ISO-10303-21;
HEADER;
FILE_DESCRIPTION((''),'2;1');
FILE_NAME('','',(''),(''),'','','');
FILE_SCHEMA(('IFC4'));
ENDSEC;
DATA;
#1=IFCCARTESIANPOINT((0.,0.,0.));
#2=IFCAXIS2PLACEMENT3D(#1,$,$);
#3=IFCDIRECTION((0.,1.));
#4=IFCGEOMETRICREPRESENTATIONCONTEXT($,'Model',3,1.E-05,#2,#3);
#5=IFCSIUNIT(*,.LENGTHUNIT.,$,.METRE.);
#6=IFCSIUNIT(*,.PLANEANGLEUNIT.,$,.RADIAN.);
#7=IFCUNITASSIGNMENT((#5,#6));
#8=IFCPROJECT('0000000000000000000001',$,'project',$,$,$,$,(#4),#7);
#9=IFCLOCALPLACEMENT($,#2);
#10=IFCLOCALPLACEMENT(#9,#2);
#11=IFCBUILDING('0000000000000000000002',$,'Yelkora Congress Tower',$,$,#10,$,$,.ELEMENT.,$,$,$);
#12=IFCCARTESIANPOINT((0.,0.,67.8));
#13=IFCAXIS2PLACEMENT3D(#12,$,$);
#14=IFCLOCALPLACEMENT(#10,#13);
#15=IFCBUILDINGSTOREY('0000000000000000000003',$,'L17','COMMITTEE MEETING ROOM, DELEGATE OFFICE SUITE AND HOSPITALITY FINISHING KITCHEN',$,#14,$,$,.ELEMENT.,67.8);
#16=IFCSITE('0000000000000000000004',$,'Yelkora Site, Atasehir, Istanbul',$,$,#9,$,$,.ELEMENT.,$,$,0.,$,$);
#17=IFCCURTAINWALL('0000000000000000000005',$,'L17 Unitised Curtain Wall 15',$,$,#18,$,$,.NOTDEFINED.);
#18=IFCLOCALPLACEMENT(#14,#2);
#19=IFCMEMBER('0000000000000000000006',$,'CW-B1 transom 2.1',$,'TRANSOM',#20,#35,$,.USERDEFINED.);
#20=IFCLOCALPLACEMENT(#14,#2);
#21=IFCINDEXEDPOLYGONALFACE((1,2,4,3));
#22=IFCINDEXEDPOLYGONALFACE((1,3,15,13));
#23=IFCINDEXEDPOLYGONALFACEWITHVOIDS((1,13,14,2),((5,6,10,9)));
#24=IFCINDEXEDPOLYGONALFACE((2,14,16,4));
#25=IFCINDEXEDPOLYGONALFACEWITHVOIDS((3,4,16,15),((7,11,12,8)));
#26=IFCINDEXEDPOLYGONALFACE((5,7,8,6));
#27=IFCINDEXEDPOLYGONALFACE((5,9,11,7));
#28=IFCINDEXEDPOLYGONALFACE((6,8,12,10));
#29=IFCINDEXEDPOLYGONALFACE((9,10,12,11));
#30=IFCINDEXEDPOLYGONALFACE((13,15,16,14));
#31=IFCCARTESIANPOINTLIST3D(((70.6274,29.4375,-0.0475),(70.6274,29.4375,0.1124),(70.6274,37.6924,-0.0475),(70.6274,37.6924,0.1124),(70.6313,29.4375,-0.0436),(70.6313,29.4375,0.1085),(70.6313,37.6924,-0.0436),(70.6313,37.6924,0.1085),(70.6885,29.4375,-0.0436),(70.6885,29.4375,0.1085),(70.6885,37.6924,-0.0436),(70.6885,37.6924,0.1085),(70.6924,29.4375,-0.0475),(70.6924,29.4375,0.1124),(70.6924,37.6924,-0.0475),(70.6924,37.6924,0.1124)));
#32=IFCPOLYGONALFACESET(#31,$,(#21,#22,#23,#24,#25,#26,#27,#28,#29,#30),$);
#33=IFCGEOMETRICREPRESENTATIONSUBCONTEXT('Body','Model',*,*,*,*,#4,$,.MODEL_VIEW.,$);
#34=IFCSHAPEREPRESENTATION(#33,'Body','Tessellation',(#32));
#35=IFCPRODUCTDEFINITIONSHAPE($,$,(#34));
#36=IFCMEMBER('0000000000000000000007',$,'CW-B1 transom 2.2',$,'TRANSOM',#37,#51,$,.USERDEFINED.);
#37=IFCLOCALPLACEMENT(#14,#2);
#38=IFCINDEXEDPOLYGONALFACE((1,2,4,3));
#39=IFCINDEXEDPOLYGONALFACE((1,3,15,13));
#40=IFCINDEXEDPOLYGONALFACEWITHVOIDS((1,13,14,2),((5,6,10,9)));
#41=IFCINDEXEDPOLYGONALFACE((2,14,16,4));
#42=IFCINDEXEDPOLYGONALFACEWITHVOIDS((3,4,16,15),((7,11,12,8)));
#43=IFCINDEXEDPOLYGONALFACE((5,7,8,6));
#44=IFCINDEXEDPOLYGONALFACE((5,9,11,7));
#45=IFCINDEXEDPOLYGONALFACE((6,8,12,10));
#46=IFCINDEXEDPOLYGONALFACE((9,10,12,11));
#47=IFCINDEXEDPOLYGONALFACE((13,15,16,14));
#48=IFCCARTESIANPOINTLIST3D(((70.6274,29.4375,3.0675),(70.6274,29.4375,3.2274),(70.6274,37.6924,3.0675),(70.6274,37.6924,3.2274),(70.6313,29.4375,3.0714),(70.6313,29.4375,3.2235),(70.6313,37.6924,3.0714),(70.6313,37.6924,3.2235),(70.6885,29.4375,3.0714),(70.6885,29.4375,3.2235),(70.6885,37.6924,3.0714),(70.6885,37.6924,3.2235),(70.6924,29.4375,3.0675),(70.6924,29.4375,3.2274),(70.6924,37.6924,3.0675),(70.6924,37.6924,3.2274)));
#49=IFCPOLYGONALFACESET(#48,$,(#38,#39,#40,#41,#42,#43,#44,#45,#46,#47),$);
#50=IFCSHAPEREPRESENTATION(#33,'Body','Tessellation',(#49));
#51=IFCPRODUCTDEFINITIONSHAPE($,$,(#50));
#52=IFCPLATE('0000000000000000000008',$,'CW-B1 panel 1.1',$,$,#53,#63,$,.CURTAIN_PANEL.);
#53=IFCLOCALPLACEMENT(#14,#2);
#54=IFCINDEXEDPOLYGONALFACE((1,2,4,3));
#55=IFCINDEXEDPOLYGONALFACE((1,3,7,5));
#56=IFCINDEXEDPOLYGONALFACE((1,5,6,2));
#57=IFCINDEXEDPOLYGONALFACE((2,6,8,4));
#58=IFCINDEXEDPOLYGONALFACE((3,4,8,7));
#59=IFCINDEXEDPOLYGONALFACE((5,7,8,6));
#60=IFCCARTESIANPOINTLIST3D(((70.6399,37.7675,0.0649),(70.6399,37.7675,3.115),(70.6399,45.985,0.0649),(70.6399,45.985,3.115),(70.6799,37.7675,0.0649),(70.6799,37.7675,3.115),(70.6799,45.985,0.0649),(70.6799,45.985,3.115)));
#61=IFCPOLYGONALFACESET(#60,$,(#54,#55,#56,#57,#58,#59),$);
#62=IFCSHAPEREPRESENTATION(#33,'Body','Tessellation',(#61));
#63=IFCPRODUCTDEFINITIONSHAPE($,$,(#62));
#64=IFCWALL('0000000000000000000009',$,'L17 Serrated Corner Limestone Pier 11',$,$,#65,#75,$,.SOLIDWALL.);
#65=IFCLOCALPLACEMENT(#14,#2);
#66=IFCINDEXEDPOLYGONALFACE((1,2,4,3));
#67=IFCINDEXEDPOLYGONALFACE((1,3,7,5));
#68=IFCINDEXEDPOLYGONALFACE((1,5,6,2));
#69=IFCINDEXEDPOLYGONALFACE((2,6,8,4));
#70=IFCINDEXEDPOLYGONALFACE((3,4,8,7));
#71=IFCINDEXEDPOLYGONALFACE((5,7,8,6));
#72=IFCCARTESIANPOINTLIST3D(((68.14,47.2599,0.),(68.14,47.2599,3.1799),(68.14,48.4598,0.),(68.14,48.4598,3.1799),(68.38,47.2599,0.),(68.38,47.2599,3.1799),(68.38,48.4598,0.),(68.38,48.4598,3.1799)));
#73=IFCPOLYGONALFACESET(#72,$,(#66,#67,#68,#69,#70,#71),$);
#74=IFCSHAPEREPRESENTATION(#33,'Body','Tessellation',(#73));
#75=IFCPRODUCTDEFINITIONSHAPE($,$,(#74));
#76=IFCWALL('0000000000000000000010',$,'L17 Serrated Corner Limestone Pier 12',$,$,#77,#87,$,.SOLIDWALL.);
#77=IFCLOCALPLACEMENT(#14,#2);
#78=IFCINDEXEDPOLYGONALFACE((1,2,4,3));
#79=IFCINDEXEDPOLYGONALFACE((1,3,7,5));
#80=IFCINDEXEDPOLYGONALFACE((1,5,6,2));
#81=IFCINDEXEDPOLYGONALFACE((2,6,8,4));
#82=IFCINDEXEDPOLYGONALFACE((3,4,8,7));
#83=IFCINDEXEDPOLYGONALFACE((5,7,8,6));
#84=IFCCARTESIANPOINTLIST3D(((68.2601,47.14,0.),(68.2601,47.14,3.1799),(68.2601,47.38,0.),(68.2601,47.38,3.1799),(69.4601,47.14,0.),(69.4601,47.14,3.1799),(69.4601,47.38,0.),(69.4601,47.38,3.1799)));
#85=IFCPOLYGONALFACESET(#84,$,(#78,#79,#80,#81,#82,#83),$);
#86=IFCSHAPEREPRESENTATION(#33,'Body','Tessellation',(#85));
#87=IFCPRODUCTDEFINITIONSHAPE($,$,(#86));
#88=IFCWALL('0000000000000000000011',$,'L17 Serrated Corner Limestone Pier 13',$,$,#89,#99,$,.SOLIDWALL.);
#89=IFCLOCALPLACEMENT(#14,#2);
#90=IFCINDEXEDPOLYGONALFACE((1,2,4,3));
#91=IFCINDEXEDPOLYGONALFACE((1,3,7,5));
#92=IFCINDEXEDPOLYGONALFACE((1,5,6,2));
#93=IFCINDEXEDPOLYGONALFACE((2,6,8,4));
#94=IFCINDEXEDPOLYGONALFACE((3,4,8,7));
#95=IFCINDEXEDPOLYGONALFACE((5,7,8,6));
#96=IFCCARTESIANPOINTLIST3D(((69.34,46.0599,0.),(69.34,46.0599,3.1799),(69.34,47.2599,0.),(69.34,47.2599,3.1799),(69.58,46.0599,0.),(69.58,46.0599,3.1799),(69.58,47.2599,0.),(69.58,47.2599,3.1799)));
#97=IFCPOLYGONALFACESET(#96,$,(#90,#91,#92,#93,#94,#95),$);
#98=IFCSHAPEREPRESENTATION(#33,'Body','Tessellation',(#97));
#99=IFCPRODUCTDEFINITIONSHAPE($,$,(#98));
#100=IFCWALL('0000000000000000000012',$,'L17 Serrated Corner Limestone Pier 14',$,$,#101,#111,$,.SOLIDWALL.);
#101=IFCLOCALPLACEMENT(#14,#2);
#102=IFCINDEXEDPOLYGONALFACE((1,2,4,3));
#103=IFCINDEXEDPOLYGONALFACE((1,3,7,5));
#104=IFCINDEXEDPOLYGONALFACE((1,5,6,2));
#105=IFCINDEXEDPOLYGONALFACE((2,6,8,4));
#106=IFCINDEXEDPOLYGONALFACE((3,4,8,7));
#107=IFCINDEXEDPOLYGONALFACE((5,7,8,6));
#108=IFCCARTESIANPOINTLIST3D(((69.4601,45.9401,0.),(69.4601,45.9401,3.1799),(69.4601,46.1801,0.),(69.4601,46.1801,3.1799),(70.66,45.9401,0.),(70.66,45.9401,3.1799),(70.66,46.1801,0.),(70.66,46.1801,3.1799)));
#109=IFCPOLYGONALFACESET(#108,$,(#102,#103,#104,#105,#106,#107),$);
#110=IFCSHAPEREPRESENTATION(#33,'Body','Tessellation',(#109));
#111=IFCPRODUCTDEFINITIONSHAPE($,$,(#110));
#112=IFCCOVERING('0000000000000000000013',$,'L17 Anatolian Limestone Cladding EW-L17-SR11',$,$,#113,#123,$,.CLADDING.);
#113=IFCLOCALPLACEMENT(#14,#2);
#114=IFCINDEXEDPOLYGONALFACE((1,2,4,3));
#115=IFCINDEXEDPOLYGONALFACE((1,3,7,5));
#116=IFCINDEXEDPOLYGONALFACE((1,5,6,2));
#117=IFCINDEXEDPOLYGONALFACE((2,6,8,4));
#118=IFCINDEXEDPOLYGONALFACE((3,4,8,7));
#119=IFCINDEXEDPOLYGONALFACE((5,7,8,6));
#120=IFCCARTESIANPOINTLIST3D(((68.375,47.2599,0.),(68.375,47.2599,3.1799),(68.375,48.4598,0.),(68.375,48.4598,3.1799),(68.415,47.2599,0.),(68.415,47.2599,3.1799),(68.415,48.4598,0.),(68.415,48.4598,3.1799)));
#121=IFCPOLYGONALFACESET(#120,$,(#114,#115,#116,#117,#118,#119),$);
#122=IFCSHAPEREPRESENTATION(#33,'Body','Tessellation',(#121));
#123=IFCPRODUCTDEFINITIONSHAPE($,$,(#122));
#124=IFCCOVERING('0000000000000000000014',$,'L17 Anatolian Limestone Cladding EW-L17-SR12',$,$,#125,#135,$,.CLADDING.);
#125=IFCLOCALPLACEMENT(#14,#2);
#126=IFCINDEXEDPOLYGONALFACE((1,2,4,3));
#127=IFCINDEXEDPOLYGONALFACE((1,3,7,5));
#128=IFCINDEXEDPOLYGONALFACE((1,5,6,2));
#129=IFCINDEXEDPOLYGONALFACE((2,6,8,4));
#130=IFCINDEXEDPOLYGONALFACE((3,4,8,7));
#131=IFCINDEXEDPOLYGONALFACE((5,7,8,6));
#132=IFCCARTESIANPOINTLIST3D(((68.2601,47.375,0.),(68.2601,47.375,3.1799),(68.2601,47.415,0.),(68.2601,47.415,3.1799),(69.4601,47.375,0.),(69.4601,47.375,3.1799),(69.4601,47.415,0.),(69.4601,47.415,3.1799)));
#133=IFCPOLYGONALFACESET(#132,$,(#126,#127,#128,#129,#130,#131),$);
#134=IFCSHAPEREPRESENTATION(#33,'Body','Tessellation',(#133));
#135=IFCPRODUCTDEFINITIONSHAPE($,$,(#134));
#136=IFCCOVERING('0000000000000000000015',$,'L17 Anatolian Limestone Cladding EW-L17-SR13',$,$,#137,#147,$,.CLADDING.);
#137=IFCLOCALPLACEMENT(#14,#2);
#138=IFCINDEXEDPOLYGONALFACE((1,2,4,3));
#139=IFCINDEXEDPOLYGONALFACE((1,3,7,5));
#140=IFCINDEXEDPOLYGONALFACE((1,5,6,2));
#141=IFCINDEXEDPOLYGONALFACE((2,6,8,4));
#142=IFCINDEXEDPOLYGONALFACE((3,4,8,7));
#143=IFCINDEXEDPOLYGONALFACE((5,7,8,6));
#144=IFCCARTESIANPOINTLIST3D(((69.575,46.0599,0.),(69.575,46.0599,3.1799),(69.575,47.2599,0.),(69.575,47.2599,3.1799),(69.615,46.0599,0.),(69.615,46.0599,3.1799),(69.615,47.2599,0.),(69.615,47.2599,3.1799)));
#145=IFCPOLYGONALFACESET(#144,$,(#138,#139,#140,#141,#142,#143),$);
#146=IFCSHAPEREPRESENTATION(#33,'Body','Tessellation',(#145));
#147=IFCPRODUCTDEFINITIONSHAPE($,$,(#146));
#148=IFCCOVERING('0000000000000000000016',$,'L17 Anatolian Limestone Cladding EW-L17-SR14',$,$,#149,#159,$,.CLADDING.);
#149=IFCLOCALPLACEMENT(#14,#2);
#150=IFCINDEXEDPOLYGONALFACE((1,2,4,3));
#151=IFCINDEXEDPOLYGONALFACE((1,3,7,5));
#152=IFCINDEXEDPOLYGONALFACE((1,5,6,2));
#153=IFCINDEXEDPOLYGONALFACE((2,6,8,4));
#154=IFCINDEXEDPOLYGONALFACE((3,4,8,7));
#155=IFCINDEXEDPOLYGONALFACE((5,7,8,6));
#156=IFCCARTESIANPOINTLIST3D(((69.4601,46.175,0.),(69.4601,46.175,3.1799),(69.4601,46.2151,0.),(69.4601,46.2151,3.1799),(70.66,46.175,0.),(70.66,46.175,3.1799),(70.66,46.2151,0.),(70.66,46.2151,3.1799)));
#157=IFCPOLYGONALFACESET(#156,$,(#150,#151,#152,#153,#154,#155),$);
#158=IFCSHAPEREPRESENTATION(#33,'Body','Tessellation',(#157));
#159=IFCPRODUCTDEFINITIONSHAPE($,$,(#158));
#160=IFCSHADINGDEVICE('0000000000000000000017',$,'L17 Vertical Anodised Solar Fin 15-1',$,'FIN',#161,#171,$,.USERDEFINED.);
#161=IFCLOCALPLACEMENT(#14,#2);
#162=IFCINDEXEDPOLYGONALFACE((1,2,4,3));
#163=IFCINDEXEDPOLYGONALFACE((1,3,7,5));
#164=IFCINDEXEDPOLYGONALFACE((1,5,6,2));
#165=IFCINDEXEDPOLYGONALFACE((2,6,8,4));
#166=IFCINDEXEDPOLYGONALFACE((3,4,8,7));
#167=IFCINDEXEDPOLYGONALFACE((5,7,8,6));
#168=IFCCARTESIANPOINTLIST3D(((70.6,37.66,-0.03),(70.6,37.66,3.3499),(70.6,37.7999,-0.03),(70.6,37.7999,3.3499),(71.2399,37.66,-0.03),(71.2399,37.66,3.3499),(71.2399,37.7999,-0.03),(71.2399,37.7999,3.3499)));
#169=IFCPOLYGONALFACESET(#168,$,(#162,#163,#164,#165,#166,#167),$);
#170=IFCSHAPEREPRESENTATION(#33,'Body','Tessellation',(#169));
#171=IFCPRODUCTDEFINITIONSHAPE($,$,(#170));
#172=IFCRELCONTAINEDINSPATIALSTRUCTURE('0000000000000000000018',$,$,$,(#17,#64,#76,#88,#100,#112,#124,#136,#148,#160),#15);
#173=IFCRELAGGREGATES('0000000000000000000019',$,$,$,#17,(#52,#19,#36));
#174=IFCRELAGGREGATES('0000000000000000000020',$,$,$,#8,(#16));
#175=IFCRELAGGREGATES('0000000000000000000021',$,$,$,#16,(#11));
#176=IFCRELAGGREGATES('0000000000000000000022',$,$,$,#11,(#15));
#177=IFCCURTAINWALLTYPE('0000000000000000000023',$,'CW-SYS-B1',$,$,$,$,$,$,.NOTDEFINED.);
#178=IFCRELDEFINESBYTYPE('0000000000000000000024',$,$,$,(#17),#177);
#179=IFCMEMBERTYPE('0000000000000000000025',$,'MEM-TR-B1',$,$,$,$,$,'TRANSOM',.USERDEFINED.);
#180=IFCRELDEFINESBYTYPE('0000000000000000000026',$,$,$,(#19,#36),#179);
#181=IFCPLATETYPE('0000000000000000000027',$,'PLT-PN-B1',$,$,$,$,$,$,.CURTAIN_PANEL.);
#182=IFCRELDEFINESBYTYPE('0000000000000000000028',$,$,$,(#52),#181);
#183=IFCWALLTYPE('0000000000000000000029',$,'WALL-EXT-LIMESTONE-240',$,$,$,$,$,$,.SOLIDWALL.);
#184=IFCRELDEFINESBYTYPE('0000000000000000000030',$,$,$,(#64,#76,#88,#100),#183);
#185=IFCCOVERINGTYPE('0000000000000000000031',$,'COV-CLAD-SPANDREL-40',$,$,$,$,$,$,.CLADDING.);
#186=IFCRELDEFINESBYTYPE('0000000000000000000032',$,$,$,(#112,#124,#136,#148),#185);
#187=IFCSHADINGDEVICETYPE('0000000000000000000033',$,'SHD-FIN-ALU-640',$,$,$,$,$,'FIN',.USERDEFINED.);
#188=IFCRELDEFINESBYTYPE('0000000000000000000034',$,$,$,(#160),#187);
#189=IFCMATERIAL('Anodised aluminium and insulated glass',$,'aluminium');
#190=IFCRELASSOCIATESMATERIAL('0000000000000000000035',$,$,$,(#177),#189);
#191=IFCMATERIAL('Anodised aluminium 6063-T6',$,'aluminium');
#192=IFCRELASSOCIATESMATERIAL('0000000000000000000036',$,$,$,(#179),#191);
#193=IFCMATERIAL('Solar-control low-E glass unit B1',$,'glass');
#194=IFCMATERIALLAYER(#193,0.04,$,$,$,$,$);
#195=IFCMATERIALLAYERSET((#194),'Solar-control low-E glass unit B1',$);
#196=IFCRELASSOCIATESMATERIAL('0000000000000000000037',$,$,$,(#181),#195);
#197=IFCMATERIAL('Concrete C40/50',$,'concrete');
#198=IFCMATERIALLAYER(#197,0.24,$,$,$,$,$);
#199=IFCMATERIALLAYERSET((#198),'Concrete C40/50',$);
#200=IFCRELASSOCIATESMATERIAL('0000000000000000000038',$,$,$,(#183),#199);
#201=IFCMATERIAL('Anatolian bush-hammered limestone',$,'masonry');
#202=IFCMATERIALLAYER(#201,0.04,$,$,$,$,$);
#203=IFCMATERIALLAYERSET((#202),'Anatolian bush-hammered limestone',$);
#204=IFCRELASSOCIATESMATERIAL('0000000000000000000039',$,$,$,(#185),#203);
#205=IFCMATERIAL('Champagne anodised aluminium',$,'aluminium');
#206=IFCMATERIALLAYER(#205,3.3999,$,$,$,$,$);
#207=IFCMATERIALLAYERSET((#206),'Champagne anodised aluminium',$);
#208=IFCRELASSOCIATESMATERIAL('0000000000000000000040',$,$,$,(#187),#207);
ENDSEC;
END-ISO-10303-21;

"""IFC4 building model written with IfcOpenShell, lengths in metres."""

from ifc_helpers import new_model, si_unit, direction, frame, frame_2d, origin, origin_2d, place, context, subcontext, project, spatial, rectangle, hollow_rectangle, extrude, material, layer, layer_set, material_profile, profile_set, type_object, element, aggregate, save


model = new_model("IFC4")

# Units and contexts
model_context = context("Model", 3, precision=1e-05, world=origin(), true_north=direction((0.0, 1.0)))
body_context = subcontext(model_context, "Body", "Model", "MODEL_VIEW")
ifc_project = project(units=[si_unit("LENGTHUNIT", "METRE"), si_unit("PLANEANGLEUNIT", "RADIAN")], contexts=[model_context])

# Site, building, storey
site_placement = place(None, origin())
site = spatial("IfcSite", under=ifc_project, at=site_placement, Name="Yelkora Site, Atasehir, Istanbul", CompositionType="ELEMENT", RefElevation=0.0)
building_placement = place(site_placement, origin())
building = spatial("IfcBuilding", under=site, at=building_placement, Name="Yelkora Congress Tower", CompositionType="ELEMENT")
storey_placement = place(building_placement, frame((0.0, 0.0, 67.8)))
storey = spatial("IfcBuildingStorey", under=building, at=storey_placement, Name="L17", Description="COMMITTEE MEETING ROOM, DELEGATE OFFICE SUITE AND HOSPITALITY FINISHING KITCHEN", CompositionType="ELEMENT", Elevation=67.8)

# Shared definitions
ifc_material_1 = material(Name="Anodised aluminium and insulated glass", Category="aluminium")
curtain_wall_type = type_object("IfcCurtainWallType", Name="CW-SYS-B1", PredefinedType="NOTDEFINED", material=ifc_material_1)
ifc_material_2 = material(Name="Anodised aluminium 6063-T6", Category="aluminium")

# Curtain wall, members, plate
curtain_wall_1_placement = place(storey_placement, origin())
curtain_wall_1 = element("IfcCurtainWall", 1, at=curtain_wall_1_placement, inside=storey, type_object=curtain_wall_type, Name="L17 Unitised Curtain Wall 15", PredefinedType="NOTDEFINED")
ifc_material_profile_1 = material_profile(ifc_material_2, hollow_rectangle(XDim=0.0649, YDim=0.1599, WallThickness=0.0039, at=origin_2d()), Name="ALU 65x160x4")
ifc_profile_set_1 = profile_set([ifc_material_profile_1], Name="Anodised aluminium 6063-T6")
member_type_1 = type_object("IfcMemberType", Name="MEM-TR-B1", ElementType="TRANSOM", PredefinedType="USERDEFINED", material=ifc_profile_set_1)
member_1_placement = place(storey_placement, frame((70.6599, 37.6924, 0.0325), z_axis=(0.0, -1.0, 0.0), x_axis=(1.0, 0.0, 0.0)))
member_1 = element("IfcMember", 2, at=member_1_placement, type_object=member_type_1, Name="CW-B1 transom 2.1", ObjectType="TRANSOM", PredefinedType="USERDEFINED", context=body_context, shape_type="SweptSolid", body=[
    extrude(hollow_rectangle(XDim=0.0649, YDim=0.1599, WallThickness=0.0039, at=origin_2d()), origin(), (0.0, 0.0, 1.0), 8.2549),
])
member_2_placement = place(storey_placement, frame((70.6599, 37.6924, 3.1475), z_axis=(0.0, -1.0, 0.0), x_axis=(1.0, 0.0, 0.0)))
member_2 = element("IfcMember", 3, at=member_2_placement, type_object=member_type_1, Name="CW-B1 transom 2.2", ObjectType="TRANSOM", PredefinedType="USERDEFINED", context=body_context, shape_type="SweptSolid", body=[
    extrude(hollow_rectangle(XDim=0.0649, YDim=0.1599, WallThickness=0.0039, at=origin_2d()), origin(), (0.0, 0.0, 1.0), 8.2549),
])
ifc_material_3 = material(Name="Solar-control low-E glass unit B1", Category="glass")
ifc_layer_1 = layer(ifc_material_3, 0.04)
ifc_layer_set_1 = layer_set([ifc_layer_1], Name="Solar-control low-E glass unit B1")
plate_type = type_object("IfcPlateType", Name="PLT-PN-B1", PredefinedType="CURTAIN_PANEL", material=ifc_layer_set_1)
plate_placement = place(storey_placement, frame((70.6599, 41.8762, 0.0649), z_axis=(0.0, 0.0, 1.0), x_axis=(0.0, -1.0, 0.0)))
plate = element("IfcPlate", 4, at=plate_placement, type_object=plate_type, Name="CW-B1 panel 1.1", PredefinedType="CURTAIN_PANEL", context=body_context, shape_type="SweptSolid", body=[
    extrude(rectangle(XDim=8.2175, YDim=0.04, at=origin_2d()), origin(), (0.0, 0.0, 1.0), 3.05),
])
aggregate(curtain_wall_1, [plate, member_1, member_2])

# Walls
ifc_material_4 = material(Name="Concrete C40/50", Category="concrete")
ifc_layer_2 = layer(ifc_material_4, 0.24)
ifc_layer_set_2 = layer_set([ifc_layer_2], Name="Concrete C40/50")
wall_type = type_object("IfcWallType", Name="WALL-EXT-LIMESTONE-240", PredefinedType="SOLIDWALL", material=ifc_layer_set_2)
for number, where, z_axis, x_axis, name in (
    (5, (68.26, 48.46, 0.0), (0.0, 0.0, 1.0), (0.0, -1.0, 0.0), "L17 Serrated Corner Limestone Pier 11"),
    (6, (68.26, 47.26, 0.0), (0.0, 0.0, 1.0), (1.0, 0.0, 0.0), "L17 Serrated Corner Limestone Pier 12"),
    (7, (69.46, 47.26, 0.0), (0.0, 0.0, 1.0), (0.0, -1.0, 0.0), "L17 Serrated Corner Limestone Pier 13"),
    (8, (69.46, 46.0601, 0.0), (0.0, 0.0, 1.0), (1.0, 0.0, 0.0), "L17 Serrated Corner Limestone Pier 14"),
):
    element("IfcWall", number, at=place(storey_placement, frame(where, z_axis=z_axis, x_axis=x_axis)), inside=storey, type_object=wall_type, Name=name, PredefinedType="SOLIDWALL", context=body_context, shape_type="SweptSolid", body=[
        extrude(rectangle(XDim=1.2, YDim=0.24, at=frame_2d((0.6001, 0.0))), origin(), (0.0, 0.0, 1.0), 3.1799),
    ])

# Coverings
ifc_material_5 = material(Name="Anatolian bush-hammered limestone", Category="masonry")
ifc_layer_3 = layer(ifc_material_5, 0.04)
ifc_layer_set_3 = layer_set([ifc_layer_3], Name="Anatolian bush-hammered limestone")
covering_type = type_object("IfcCoveringType", Name="COV-CLAD-SPANDREL-40", PredefinedType="CLADDING", material=ifc_layer_set_3)
for number, where, z_axis, x_axis, name in (
    (9, (68.395, 48.46, 0.0), (0.0, 0.0, 1.0), (0.0, -1.0, 0.0), "L17 Anatolian Limestone Cladding EW-L17-SR11"),
    (10, (68.26, 47.395, 0.0), (0.0, 0.0, 1.0), (1.0, 0.0, 0.0), "L17 Anatolian Limestone Cladding EW-L17-SR12"),
    (11, (69.595, 47.26, 0.0), (0.0, 0.0, 1.0), (0.0, -1.0, 0.0), "L17 Anatolian Limestone Cladding EW-L17-SR13"),
    (12, (69.46, 46.1951, 0.0), (0.0, 0.0, 1.0), (1.0, 0.0, 0.0), "L17 Anatolian Limestone Cladding EW-L17-SR14"),
):
    element("IfcCovering", number, at=place(storey_placement, frame(where, z_axis=z_axis, x_axis=x_axis)), inside=storey, type_object=covering_type, Name=name, PredefinedType="CLADDING", context=body_context, shape_type="SweptSolid", body=[
        extrude(rectangle(XDim=1.2, YDim=0.04, at=frame_2d((0.6001, 0.0))), origin(), (0.0, 0.0, 1.0), 3.1799),
    ])

# Shading device
ifc_material_6 = material(Name="Champagne anodised aluminium", Category="aluminium")
ifc_layer_4 = layer(ifc_material_6, 3.3999)
ifc_layer_set_4 = layer_set([ifc_layer_4], Name="Champagne anodised aluminium")
shading_device_type = type_object("IfcShadingDeviceType", Name="SHD-FIN-ALU-640", ElementType="FIN", PredefinedType="USERDEFINED", material=ifc_layer_set_4)
shading_device_placement = place(storey_placement, frame((70.9199, 37.73, -0.03), z_axis=(0.0, 0.0, 1.0), x_axis=(0.0, -1.0, 0.0)))
element("IfcShadingDevice", 13, at=shading_device_placement, inside=storey, type_object=shading_device_type, Name="L17 Vertical Anodised Solar Fin 15-1", ObjectType="FIN", PredefinedType="USERDEFINED", context=body_context, shape_type="SweptSolid", body=[
    extrude(rectangle(XDim=0.1399, YDim=0.6399, at=origin_2d()), origin(), (0.0, 0.0, 1.0), 3.3799),
])

save(model, "model.ifc")
